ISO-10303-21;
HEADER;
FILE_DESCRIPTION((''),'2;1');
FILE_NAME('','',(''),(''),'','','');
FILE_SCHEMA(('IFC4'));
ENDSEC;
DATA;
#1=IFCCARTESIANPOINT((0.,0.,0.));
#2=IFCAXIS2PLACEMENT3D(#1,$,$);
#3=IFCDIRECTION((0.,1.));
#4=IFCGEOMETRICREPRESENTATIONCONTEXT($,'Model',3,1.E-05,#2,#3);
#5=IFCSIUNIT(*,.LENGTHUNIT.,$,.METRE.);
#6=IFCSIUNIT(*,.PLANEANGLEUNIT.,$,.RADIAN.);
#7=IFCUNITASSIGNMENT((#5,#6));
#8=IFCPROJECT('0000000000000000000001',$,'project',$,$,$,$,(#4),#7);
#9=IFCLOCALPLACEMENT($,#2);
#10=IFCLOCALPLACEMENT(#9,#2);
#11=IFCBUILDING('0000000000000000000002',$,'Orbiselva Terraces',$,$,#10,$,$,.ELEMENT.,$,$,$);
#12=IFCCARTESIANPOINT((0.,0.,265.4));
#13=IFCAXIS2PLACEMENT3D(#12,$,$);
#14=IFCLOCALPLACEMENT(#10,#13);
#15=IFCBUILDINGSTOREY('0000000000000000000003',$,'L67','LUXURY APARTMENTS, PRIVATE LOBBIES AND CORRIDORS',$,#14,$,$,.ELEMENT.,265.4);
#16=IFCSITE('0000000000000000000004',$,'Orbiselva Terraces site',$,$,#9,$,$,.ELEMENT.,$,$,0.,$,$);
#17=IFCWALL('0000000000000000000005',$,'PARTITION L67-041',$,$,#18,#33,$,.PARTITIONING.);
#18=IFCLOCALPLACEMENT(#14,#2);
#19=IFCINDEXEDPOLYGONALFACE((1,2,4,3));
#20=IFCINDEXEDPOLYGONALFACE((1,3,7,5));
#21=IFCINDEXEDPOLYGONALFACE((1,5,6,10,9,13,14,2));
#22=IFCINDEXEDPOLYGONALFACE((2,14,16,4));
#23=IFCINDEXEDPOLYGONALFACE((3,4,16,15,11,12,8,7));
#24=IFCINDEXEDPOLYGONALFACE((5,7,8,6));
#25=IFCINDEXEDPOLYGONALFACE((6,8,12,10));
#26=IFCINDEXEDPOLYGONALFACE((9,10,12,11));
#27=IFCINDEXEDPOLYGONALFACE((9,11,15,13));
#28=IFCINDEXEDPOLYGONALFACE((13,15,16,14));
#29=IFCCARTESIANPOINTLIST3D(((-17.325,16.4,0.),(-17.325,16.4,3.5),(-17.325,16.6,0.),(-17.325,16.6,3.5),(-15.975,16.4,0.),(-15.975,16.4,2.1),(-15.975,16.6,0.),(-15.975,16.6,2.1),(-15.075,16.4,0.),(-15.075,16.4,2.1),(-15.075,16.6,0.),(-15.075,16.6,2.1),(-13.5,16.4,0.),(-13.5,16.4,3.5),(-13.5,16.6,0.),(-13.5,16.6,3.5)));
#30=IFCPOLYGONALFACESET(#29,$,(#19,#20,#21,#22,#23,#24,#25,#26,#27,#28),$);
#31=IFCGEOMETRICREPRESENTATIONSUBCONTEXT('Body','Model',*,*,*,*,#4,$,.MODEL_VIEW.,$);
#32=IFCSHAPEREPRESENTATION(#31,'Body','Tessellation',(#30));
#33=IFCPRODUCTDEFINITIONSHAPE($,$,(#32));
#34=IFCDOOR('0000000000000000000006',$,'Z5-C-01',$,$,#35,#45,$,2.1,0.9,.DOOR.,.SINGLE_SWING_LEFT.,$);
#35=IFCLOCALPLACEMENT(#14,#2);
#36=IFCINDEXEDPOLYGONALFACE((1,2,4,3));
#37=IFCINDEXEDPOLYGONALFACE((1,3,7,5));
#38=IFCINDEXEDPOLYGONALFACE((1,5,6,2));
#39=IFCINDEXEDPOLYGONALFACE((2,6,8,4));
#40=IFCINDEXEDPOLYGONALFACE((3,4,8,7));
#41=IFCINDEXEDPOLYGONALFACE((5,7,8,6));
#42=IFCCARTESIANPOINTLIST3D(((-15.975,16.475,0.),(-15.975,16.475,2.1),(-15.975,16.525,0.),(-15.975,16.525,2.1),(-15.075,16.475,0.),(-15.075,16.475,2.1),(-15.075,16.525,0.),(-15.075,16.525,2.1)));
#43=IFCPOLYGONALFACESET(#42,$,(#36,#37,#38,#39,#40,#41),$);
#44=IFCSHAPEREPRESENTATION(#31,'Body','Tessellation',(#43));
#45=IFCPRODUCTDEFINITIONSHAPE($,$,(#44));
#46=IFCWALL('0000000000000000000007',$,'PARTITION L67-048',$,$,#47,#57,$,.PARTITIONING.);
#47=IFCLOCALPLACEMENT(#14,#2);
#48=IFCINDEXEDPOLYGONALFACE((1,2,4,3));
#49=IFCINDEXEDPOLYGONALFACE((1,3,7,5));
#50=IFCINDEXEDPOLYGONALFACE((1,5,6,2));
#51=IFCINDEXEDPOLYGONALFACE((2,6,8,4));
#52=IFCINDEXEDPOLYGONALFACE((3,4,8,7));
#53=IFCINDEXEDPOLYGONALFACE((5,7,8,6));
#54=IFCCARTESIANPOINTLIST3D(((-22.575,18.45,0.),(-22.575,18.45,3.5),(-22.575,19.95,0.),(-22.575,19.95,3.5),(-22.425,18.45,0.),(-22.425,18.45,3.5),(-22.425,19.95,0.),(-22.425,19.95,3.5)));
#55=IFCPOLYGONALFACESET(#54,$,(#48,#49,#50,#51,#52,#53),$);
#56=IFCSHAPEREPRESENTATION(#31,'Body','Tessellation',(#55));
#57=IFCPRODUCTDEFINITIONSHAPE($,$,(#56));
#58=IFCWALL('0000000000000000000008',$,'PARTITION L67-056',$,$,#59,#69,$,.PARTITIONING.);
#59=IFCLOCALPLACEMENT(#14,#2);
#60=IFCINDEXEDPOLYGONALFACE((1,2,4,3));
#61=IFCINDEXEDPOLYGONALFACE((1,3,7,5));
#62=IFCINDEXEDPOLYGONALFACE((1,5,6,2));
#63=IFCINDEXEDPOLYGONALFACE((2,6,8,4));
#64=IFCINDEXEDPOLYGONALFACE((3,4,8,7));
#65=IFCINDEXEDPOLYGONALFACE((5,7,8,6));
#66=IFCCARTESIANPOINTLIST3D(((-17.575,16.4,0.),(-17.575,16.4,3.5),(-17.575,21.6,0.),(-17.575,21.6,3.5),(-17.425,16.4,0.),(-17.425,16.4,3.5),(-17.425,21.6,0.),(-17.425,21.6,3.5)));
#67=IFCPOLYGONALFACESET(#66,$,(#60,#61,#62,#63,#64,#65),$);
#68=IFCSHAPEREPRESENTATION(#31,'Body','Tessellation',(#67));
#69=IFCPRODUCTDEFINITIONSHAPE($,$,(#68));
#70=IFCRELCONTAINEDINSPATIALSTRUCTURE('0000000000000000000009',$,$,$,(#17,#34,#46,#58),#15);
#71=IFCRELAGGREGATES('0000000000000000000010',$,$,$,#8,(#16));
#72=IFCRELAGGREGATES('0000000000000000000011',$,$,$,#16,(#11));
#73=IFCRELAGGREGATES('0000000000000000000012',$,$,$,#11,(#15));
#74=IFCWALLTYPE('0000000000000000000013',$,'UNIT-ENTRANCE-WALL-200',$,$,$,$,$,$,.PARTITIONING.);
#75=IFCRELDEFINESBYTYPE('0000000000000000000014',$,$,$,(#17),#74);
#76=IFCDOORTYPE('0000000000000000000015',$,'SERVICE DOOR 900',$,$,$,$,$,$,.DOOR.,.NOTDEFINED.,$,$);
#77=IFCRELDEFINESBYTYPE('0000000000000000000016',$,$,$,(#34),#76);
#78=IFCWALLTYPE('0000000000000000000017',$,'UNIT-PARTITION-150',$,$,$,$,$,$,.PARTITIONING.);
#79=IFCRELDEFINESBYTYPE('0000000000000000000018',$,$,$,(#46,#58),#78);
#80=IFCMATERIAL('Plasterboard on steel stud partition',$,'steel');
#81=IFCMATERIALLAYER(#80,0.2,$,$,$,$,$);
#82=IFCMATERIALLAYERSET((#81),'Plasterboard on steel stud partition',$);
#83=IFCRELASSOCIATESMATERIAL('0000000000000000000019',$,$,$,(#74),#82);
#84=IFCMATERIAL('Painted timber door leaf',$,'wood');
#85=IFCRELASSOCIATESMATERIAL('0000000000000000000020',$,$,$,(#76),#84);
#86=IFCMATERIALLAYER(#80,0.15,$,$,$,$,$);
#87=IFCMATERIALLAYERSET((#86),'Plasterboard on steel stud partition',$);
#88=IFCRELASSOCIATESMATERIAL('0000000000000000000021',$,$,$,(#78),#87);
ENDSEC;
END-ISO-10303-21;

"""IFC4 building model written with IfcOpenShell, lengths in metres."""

from ifc_helpers import new_model, si_unit, direction, frame, frame_2d, origin, place, context, subcontext, project, spatial, rectangle, extrude, material, layer, layer_set, type_object, element, fill, save


model = new_model("IFC4")

# Units and contexts
model_context = context("Model", 3, precision=1e-05, world=origin(), true_north=direction((0.0, 1.0)))
body_context = subcontext(model_context, "Body", "Model", "MODEL_VIEW")
ifc_project = project(units=[si_unit("LENGTHUNIT", "METRE"), si_unit("PLANEANGLEUNIT", "RADIAN")], contexts=[model_context])

# Site, building, storey
site_placement = place(None, origin())
site = spatial("IfcSite", under=ifc_project, at=site_placement, Name="Orbiselva Terraces site", CompositionType="ELEMENT", RefElevation=0.0)
building_placement = place(site_placement, origin())
building = spatial("IfcBuilding", under=site, at=building_placement, Name="Orbiselva Terraces", CompositionType="ELEMENT")
storey_placement = place(building_placement, frame((0.0, 0.0, 265.4)))
storey = spatial("IfcBuildingStorey", under=building, at=storey_placement, Name="L67", Description="LUXURY APARTMENTS, PRIVATE LOBBIES AND CORRIDORS", CompositionType="ELEMENT", Elevation=265.4)

# Wall, opening, door
ifc_material_1 = material(Name="Plasterboard on steel stud partition", Category="steel")
ifc_layer_1 = layer(ifc_material_1, 0.2)
ifc_layer_set_1 = layer_set([ifc_layer_1], Name="Plasterboard on steel stud partition")
wall_type_1 = type_object("IfcWallType", Name="UNIT-ENTRANCE-WALL-200", PredefinedType="PARTITIONING", material=ifc_layer_set_1)
wall_1_placement = place(storey_placement, frame((-17.325, 16.5, 0.0), z_axis=(0.0, 0.0, 1.0), x_axis=(1.0, 0.0, 0.0)))
wall_1 = element("IfcWall", 1, at=wall_1_placement, inside=storey, type_object=wall_type_1, Name="PARTITION L67-041", PredefinedType="PARTITIONING", context=body_context, shape_type="SweptSolid", body=[
    extrude(rectangle(XDim=3.825, YDim=0.2, at=frame_2d((1.9125, 0.0))), origin(), (0.0, 0.0, 1.0), 3.5),
])
opening_1_placement = place(wall_1_placement, frame((1.35, 0.0, 0.0)))
opening_1 = element("IfcOpeningElement", 2, at=opening_1_placement, cuts=wall_1, PredefinedType="OPENING", context=body_context, shape_type="SweptSolid", body=[
    extrude(rectangle(XDim=0.9, YDim=2.1, at=frame_2d((0.45, 1.05))), frame((0.0, 0.11, 0.0), z_axis=(0.0, -1.0, 0.0), x_axis=(1.0, 0.0, 0.0)), (0.0, 0.0, 1.0), 0.22),
])
ifc_material_2 = material(Name="Painted timber door leaf", Category="wood")
door_type_1 = type_object("IfcDoorType", Name="SERVICE DOOR 900", OperationType="NOTDEFINED", PredefinedType="DOOR", material=ifc_material_2)
door_1_placement = place(opening_1_placement, origin())
door_1 = element("IfcDoor", 3, at=door_1_placement, inside=storey, type_object=door_type_1, Name="Z5-C-01", OperationType="SINGLE_SWING_LEFT", OverallHeight=2.1, OverallWidth=0.9, PredefinedType="DOOR", context=body_context, shape_type="SweptSolid", body=[
    extrude(rectangle(XDim=0.9, YDim=2.1, at=frame_2d((0.45, 1.05))), frame((0.0, 0.025, 0.0), z_axis=(0.0, -1.0, 0.0), x_axis=(1.0, 0.0, 0.0)), (0.0, 0.0, 1.0), 0.05),
])
fill(opening_1, door_1)

# Walls
ifc_layer_2 = layer(ifc_material_1, 0.15)
ifc_layer_set_2 = layer_set([ifc_layer_2], Name="Plasterboard on steel stud partition")
wall_type_2 = type_object("IfcWallType", Name="UNIT-PARTITION-150", PredefinedType="PARTITIONING", material=ifc_layer_set_2)
wall_2_placement = place(storey_placement, frame((-22.5, 18.45, 0.0), z_axis=(0.0, 0.0, 1.0), x_axis=(0.0, 1.0, 0.0)))
element("IfcWall", 4, at=wall_2_placement, inside=storey, type_object=wall_type_2, Name="PARTITION L67-048", PredefinedType="PARTITIONING", context=body_context, shape_type="SweptSolid", body=[
    extrude(rectangle(XDim=1.5, YDim=0.15, at=frame_2d((0.75, 0.0))), origin(), (0.0, 0.0, 1.0), 3.5),
])
wall_3_placement = place(storey_placement, frame((-17.5, 16.4, 0.0), z_axis=(0.0, 0.0, 1.0), x_axis=(0.0, 1.0, 0.0)))
element("IfcWall", 5, at=wall_3_placement, inside=storey, type_object=wall_type_2, Name="PARTITION L67-056", PredefinedType="PARTITIONING", context=body_context, shape_type="SweptSolid", body=[
    extrude(rectangle(XDim=5.2, YDim=0.15, at=frame_2d((2.6, 0.0))), origin(), (0.0, 0.0, 1.0), 3.5),
])

save(model, "model.ifc")
